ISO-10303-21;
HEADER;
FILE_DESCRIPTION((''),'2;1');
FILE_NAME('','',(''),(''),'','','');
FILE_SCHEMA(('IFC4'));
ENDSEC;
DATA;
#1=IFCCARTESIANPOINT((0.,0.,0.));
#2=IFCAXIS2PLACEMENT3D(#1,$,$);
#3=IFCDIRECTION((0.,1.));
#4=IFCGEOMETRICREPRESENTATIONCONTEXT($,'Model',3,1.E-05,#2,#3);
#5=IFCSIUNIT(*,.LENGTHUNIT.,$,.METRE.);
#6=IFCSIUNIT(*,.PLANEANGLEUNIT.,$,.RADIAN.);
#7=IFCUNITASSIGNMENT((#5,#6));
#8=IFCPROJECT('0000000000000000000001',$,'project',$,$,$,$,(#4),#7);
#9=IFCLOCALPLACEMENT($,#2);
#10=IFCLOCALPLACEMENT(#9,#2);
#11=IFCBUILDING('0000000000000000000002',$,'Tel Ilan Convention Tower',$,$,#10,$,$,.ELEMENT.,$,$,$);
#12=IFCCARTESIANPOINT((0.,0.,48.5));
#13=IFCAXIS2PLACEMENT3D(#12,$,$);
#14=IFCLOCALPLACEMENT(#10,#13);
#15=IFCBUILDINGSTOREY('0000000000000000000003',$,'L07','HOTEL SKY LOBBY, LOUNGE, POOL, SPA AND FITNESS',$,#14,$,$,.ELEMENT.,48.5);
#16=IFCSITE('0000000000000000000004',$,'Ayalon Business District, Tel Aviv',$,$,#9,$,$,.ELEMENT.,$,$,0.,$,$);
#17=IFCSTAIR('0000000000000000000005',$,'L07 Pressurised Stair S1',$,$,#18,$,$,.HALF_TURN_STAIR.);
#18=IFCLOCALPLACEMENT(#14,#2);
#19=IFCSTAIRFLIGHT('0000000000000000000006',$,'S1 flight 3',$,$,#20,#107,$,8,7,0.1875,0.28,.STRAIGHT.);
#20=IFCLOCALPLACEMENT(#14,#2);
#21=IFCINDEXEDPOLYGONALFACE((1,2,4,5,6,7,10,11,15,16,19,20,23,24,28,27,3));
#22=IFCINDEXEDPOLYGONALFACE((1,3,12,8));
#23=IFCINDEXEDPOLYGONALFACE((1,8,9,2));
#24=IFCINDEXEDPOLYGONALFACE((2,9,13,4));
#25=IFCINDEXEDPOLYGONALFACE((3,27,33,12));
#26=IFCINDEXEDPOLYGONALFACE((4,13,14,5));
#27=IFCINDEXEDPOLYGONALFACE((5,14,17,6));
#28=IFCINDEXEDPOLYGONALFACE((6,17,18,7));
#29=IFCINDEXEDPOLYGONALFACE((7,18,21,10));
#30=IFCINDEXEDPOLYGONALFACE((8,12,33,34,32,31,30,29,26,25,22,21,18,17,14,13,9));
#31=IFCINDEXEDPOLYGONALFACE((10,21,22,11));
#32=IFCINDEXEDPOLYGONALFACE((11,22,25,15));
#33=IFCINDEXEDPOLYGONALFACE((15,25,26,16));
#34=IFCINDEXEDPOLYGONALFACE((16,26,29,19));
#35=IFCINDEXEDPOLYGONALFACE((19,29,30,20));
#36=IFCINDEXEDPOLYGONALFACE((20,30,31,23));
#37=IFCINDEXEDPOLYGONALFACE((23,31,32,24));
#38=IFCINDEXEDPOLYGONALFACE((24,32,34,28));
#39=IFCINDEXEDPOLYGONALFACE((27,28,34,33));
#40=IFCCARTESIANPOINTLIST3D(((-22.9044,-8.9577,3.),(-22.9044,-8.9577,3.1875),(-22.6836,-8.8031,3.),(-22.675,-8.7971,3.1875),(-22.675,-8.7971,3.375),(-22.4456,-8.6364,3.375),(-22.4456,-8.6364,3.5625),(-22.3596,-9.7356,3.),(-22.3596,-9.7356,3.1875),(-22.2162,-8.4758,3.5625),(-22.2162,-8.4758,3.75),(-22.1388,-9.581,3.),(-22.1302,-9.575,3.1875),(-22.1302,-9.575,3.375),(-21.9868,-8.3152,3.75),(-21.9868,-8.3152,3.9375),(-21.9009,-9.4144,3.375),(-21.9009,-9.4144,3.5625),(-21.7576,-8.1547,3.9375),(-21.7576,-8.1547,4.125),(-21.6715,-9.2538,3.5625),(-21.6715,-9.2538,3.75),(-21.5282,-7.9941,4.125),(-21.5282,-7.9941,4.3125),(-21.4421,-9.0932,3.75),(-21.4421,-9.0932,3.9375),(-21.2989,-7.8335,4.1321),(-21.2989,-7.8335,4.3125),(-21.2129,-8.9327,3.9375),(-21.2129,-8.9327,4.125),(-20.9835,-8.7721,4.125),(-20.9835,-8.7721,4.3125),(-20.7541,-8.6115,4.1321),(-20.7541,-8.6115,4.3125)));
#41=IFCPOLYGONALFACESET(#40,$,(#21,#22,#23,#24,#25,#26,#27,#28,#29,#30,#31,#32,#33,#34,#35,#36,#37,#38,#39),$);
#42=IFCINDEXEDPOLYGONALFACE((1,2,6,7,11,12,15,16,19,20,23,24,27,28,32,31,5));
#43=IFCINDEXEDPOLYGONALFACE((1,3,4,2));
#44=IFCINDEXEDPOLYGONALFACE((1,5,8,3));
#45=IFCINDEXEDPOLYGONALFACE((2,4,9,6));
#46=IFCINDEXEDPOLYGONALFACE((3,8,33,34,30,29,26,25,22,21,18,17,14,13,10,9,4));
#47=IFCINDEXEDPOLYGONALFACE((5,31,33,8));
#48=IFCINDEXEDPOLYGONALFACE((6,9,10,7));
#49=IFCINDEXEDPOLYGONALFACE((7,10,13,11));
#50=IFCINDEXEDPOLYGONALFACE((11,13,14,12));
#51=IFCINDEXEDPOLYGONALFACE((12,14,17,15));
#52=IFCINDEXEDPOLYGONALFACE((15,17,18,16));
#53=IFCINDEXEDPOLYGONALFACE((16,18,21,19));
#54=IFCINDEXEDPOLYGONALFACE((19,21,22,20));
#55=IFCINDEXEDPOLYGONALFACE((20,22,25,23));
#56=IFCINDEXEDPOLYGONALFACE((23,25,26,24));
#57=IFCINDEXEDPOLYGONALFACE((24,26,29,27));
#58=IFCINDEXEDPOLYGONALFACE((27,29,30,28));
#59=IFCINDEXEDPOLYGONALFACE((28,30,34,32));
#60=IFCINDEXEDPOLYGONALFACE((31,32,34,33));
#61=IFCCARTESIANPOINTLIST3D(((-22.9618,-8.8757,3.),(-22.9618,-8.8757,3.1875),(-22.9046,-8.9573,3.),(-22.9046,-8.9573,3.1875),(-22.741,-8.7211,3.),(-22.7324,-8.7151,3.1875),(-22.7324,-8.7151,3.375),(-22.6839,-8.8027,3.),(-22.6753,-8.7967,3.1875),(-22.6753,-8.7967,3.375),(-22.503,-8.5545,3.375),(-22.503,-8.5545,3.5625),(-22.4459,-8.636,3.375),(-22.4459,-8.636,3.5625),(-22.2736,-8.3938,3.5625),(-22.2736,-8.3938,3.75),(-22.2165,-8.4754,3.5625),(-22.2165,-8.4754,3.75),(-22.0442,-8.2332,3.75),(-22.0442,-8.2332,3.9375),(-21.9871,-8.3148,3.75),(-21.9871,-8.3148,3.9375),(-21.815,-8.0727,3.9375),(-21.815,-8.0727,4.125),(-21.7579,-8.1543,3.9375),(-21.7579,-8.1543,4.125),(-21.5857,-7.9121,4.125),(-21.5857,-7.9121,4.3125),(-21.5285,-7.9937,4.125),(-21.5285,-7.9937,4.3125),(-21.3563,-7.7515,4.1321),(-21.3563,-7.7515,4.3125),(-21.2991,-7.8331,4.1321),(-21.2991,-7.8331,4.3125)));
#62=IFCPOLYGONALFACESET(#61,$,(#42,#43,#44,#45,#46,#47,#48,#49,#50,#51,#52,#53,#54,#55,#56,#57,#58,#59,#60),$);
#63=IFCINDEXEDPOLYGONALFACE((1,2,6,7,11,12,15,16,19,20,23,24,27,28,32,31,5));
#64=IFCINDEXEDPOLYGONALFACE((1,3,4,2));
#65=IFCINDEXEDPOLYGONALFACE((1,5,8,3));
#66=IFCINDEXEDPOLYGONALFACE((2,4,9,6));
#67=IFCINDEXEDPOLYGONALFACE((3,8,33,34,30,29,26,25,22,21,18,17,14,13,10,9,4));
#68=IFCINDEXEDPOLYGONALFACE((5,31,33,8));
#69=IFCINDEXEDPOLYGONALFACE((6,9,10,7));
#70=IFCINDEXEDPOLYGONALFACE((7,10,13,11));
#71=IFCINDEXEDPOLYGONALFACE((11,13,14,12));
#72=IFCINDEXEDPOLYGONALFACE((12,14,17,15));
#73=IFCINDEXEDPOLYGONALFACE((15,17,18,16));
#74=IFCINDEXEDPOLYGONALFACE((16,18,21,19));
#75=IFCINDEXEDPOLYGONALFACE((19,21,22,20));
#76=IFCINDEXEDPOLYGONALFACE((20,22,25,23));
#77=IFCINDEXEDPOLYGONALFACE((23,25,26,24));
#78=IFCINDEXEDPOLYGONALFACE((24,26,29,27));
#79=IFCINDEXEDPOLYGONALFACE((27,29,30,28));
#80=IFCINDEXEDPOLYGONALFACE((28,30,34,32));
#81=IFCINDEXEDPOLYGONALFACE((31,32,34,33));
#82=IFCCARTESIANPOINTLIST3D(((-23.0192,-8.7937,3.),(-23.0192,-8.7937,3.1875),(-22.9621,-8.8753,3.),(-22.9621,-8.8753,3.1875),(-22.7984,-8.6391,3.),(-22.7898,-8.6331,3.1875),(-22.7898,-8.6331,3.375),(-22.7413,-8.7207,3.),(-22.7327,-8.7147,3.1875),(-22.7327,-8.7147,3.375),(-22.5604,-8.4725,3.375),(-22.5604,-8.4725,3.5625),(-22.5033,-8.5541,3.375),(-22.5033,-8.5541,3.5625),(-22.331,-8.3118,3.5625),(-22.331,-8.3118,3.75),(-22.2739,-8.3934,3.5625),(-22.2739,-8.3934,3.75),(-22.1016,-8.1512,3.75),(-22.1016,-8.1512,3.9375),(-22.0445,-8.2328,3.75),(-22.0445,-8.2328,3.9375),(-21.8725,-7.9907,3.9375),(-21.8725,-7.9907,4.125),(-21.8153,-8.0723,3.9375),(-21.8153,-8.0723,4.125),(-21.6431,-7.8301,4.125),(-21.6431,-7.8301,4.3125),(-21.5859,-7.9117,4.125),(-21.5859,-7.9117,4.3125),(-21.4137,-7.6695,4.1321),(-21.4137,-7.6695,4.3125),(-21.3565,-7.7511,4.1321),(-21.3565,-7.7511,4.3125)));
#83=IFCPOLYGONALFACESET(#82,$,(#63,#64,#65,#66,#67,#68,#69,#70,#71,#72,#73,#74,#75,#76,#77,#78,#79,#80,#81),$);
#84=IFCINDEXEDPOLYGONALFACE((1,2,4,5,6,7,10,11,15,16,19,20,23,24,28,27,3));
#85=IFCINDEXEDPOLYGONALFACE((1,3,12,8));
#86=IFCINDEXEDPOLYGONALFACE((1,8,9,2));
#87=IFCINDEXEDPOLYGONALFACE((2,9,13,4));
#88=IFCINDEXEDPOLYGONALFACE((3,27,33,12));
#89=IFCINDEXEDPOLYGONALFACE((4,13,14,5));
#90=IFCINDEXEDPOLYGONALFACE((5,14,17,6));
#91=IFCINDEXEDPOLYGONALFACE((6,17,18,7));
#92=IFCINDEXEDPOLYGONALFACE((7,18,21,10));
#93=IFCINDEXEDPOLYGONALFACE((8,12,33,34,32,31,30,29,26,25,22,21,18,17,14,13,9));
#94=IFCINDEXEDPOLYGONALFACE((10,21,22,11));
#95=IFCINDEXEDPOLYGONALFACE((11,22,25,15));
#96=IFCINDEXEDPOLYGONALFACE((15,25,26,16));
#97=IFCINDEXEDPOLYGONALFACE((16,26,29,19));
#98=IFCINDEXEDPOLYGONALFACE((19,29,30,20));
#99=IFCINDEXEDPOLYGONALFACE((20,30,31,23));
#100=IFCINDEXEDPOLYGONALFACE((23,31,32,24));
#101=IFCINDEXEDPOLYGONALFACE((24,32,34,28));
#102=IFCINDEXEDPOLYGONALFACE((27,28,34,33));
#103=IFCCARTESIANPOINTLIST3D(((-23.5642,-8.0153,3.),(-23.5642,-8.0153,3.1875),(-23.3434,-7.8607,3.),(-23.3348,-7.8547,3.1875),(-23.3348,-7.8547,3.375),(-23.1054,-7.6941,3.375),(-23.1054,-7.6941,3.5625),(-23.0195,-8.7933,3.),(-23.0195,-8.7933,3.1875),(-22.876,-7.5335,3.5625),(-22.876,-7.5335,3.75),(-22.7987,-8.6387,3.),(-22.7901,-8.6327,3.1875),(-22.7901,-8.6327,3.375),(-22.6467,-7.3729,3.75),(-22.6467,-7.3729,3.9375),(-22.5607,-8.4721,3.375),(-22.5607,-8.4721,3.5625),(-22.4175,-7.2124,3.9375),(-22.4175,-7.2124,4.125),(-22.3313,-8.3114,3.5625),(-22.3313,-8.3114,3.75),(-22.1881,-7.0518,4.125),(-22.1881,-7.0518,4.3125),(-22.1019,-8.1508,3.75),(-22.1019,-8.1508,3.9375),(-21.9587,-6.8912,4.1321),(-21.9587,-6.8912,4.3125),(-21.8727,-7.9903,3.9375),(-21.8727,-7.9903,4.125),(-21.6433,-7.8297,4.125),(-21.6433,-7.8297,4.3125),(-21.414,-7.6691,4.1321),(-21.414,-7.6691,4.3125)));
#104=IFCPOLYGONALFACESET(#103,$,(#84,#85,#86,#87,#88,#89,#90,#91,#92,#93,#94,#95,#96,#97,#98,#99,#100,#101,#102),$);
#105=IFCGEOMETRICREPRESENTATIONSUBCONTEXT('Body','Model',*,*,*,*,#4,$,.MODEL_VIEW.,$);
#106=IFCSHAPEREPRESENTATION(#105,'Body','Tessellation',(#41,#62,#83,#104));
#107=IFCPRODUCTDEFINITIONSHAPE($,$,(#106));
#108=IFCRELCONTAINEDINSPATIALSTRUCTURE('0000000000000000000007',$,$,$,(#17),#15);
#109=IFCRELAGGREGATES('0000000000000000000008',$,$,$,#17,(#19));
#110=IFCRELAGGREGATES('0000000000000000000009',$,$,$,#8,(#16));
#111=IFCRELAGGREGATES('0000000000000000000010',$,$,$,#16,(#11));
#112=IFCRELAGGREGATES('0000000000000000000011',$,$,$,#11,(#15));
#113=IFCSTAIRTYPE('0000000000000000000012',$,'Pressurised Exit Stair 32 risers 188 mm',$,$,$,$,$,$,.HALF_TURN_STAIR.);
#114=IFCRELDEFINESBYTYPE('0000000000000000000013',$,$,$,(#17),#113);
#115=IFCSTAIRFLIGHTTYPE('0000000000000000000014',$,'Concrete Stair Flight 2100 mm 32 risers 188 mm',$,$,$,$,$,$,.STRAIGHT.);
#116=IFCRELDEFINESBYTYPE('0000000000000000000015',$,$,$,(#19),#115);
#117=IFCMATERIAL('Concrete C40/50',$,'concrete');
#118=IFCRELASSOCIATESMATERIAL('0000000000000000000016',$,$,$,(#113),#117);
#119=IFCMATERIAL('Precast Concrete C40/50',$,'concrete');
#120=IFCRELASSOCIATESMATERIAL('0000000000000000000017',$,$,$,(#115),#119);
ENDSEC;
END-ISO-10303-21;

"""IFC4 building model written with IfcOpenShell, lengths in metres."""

from ifc_helpers import new_model, si_unit, direction, frame, origin, place, context, subcontext, project, spatial, polyline, outline, extrude, material, type_object, element, aggregate, save


model = new_model("IFC4")

# Units and contexts
model_context = context("Model", 3, precision=1e-05, world=origin(), true_north=direction((0.0, 1.0)))
body_context = subcontext(model_context, "Body", "Model", "MODEL_VIEW")
ifc_project = project(units=[si_unit("LENGTHUNIT", "METRE"), si_unit("PLANEANGLEUNIT", "RADIAN")], contexts=[model_context])

# Site, building, storey
site_placement = place(None, origin())
site = spatial("IfcSite", under=ifc_project, at=site_placement, Name="Ayalon Business District, Tel Aviv", CompositionType="ELEMENT", RefElevation=0.0)
building_placement = place(site_placement, origin())
building = spatial("IfcBuilding", under=site, at=building_placement, Name="Tel Ilan Convention Tower", CompositionType="ELEMENT")
storey_placement = place(building_placement, frame((0.0, 0.0, 48.5)))
storey = spatial("IfcBuildingStorey", under=building, at=storey_placement, Name="L07", Description="HOTEL SKY LOBBY, LOUNGE, POOL, SPA AND FITNESS", CompositionType="ELEMENT", Elevation=48.5)

# Stair, stair flight
ifc_material_1 = material(Name="Concrete C40/50", Category="concrete")
stair_type = type_object("IfcStairType", Name="Pressurised Exit Stair 32 risers 188 mm", PredefinedType="HALF_TURN_STAIR", material=ifc_material_1)
stair_1_placement = place(storey_placement, origin())
stair_1 = element("IfcStair", 1, at=stair_1_placement, inside=storey, type_object=stair_type, Name="L07 Pressurised Stair S1", PredefinedType="HALF_TURN_STAIR")
ifc_material_2 = material(Name="Precast Concrete C40/50", Category="concrete")
stair_flight_type = type_object("IfcStairFlightType", Name="Concrete Stair Flight 2100 mm 32 risers 188 mm", PredefinedType="STRAIGHT", material=ifc_material_2)
stair_flight_1_placement = place(storey_placement, frame((-22.9619, -8.8755, 3.0), z_axis=(0.0, 0.0, 1.0), x_axis=(0.819152, 0.573576, 0.0)))
stair_flight_1 = element("IfcStairFlight", 2, at=stair_flight_1_placement, type_object=stair_flight_type, Name="S1 flight 3", NumberOfRisers=8, NumberOfTreads=7, PredefinedType="STRAIGHT", RiserHeight=0.1875, TreadLength=0.28, context=body_context, shape_type="SweptSolid", body=[
    extrude(outline(polyline([(0.0, 0.0), (0.0, 0.1875), (0.28, 0.1875), (0.28, 0.375), (0.5601, 0.375), (0.5601, 0.5625), (0.8401, 0.5625), (0.8401, 0.75), (1.1201, 0.75), (1.1201, 0.9375), (1.3999, 0.9375), (1.3999, 1.125), (1.6799, 1.125), (1.6799, 1.3125), (1.96, 1.3125), (1.96, 1.5), (1.96, 1.1321), (0.2695, 0.0), (0.0, 0.0)])), frame((0.0, -0.1003, 0.0), z_axis=(0.0, -1.0, 0.0), x_axis=(1.0, 0.0, 0.0)), (0.0, 0.0, 1.0), 0.9497),
    extrude(outline(polyline([(0.0, 0.0), (0.0, 0.1875), (0.28, 0.1875), (0.28, 0.375), (0.5601, 0.375), (0.5601, 0.5625), (0.8401, 0.5625), (0.8401, 0.75), (1.1201, 0.75), (1.1201, 0.9375), (1.3999, 0.9375), (1.3999, 1.125), (1.6799, 1.125), (1.6799, 1.3125), (1.96, 1.3125), (1.96, 1.5), (1.96, 1.1321), (0.2695, 0.0), (0.0, 0.0)])), frame((0.0, -0.0002, 0.0), z_axis=(0.0, -1.0, 0.0), x_axis=(1.0, 0.0, 0.0)), (0.0, 0.0, 1.0), 0.0996),
    extrude(outline(polyline([(0.0, 0.0), (0.0, 0.1875), (0.28, 0.1875), (0.28, 0.375), (0.5601, 0.375), (0.5601, 0.5625), (0.8401, 0.5625), (0.8401, 0.75), (1.1201, 0.75), (1.1201, 0.9375), (1.3999, 0.9375), (1.3999, 1.125), (1.6799, 1.125), (1.6799, 1.3125), (1.96, 1.3125), (1.96, 1.5), (1.96, 1.1321), (0.2695, 0.0), (0.0, 0.0)])), frame((0.0, 0.0999, 0.0), z_axis=(0.0, -1.0, 0.0), x_axis=(1.0, 0.0, 0.0)), (0.0, 0.0, 1.0), 0.0996),
    extrude(outline(polyline([(0.0, 0.0), (0.0, 0.1875), (0.28, 0.1875), (0.28, 0.375), (0.5601, 0.375), (0.5601, 0.5625), (0.8401, 0.5625), (0.8401, 0.75), (1.1201, 0.75), (1.1201, 0.9375), (1.3999, 0.9375), (1.3999, 1.125), (1.6799, 1.125), (1.6799, 1.3125), (1.96, 1.3125), (1.96, 1.5), (1.96, 1.1321), (0.2695, 0.0), (0.0, 0.0)])), frame((0.0, 1.05, 0.0), z_axis=(0.0, -1.0, 0.0), x_axis=(1.0, 0.0, 0.0)), (0.0, 0.0, 1.0), 0.9497),
])
aggregate(stair_1, [stair_flight_1])

save(model, "model.ifc")
